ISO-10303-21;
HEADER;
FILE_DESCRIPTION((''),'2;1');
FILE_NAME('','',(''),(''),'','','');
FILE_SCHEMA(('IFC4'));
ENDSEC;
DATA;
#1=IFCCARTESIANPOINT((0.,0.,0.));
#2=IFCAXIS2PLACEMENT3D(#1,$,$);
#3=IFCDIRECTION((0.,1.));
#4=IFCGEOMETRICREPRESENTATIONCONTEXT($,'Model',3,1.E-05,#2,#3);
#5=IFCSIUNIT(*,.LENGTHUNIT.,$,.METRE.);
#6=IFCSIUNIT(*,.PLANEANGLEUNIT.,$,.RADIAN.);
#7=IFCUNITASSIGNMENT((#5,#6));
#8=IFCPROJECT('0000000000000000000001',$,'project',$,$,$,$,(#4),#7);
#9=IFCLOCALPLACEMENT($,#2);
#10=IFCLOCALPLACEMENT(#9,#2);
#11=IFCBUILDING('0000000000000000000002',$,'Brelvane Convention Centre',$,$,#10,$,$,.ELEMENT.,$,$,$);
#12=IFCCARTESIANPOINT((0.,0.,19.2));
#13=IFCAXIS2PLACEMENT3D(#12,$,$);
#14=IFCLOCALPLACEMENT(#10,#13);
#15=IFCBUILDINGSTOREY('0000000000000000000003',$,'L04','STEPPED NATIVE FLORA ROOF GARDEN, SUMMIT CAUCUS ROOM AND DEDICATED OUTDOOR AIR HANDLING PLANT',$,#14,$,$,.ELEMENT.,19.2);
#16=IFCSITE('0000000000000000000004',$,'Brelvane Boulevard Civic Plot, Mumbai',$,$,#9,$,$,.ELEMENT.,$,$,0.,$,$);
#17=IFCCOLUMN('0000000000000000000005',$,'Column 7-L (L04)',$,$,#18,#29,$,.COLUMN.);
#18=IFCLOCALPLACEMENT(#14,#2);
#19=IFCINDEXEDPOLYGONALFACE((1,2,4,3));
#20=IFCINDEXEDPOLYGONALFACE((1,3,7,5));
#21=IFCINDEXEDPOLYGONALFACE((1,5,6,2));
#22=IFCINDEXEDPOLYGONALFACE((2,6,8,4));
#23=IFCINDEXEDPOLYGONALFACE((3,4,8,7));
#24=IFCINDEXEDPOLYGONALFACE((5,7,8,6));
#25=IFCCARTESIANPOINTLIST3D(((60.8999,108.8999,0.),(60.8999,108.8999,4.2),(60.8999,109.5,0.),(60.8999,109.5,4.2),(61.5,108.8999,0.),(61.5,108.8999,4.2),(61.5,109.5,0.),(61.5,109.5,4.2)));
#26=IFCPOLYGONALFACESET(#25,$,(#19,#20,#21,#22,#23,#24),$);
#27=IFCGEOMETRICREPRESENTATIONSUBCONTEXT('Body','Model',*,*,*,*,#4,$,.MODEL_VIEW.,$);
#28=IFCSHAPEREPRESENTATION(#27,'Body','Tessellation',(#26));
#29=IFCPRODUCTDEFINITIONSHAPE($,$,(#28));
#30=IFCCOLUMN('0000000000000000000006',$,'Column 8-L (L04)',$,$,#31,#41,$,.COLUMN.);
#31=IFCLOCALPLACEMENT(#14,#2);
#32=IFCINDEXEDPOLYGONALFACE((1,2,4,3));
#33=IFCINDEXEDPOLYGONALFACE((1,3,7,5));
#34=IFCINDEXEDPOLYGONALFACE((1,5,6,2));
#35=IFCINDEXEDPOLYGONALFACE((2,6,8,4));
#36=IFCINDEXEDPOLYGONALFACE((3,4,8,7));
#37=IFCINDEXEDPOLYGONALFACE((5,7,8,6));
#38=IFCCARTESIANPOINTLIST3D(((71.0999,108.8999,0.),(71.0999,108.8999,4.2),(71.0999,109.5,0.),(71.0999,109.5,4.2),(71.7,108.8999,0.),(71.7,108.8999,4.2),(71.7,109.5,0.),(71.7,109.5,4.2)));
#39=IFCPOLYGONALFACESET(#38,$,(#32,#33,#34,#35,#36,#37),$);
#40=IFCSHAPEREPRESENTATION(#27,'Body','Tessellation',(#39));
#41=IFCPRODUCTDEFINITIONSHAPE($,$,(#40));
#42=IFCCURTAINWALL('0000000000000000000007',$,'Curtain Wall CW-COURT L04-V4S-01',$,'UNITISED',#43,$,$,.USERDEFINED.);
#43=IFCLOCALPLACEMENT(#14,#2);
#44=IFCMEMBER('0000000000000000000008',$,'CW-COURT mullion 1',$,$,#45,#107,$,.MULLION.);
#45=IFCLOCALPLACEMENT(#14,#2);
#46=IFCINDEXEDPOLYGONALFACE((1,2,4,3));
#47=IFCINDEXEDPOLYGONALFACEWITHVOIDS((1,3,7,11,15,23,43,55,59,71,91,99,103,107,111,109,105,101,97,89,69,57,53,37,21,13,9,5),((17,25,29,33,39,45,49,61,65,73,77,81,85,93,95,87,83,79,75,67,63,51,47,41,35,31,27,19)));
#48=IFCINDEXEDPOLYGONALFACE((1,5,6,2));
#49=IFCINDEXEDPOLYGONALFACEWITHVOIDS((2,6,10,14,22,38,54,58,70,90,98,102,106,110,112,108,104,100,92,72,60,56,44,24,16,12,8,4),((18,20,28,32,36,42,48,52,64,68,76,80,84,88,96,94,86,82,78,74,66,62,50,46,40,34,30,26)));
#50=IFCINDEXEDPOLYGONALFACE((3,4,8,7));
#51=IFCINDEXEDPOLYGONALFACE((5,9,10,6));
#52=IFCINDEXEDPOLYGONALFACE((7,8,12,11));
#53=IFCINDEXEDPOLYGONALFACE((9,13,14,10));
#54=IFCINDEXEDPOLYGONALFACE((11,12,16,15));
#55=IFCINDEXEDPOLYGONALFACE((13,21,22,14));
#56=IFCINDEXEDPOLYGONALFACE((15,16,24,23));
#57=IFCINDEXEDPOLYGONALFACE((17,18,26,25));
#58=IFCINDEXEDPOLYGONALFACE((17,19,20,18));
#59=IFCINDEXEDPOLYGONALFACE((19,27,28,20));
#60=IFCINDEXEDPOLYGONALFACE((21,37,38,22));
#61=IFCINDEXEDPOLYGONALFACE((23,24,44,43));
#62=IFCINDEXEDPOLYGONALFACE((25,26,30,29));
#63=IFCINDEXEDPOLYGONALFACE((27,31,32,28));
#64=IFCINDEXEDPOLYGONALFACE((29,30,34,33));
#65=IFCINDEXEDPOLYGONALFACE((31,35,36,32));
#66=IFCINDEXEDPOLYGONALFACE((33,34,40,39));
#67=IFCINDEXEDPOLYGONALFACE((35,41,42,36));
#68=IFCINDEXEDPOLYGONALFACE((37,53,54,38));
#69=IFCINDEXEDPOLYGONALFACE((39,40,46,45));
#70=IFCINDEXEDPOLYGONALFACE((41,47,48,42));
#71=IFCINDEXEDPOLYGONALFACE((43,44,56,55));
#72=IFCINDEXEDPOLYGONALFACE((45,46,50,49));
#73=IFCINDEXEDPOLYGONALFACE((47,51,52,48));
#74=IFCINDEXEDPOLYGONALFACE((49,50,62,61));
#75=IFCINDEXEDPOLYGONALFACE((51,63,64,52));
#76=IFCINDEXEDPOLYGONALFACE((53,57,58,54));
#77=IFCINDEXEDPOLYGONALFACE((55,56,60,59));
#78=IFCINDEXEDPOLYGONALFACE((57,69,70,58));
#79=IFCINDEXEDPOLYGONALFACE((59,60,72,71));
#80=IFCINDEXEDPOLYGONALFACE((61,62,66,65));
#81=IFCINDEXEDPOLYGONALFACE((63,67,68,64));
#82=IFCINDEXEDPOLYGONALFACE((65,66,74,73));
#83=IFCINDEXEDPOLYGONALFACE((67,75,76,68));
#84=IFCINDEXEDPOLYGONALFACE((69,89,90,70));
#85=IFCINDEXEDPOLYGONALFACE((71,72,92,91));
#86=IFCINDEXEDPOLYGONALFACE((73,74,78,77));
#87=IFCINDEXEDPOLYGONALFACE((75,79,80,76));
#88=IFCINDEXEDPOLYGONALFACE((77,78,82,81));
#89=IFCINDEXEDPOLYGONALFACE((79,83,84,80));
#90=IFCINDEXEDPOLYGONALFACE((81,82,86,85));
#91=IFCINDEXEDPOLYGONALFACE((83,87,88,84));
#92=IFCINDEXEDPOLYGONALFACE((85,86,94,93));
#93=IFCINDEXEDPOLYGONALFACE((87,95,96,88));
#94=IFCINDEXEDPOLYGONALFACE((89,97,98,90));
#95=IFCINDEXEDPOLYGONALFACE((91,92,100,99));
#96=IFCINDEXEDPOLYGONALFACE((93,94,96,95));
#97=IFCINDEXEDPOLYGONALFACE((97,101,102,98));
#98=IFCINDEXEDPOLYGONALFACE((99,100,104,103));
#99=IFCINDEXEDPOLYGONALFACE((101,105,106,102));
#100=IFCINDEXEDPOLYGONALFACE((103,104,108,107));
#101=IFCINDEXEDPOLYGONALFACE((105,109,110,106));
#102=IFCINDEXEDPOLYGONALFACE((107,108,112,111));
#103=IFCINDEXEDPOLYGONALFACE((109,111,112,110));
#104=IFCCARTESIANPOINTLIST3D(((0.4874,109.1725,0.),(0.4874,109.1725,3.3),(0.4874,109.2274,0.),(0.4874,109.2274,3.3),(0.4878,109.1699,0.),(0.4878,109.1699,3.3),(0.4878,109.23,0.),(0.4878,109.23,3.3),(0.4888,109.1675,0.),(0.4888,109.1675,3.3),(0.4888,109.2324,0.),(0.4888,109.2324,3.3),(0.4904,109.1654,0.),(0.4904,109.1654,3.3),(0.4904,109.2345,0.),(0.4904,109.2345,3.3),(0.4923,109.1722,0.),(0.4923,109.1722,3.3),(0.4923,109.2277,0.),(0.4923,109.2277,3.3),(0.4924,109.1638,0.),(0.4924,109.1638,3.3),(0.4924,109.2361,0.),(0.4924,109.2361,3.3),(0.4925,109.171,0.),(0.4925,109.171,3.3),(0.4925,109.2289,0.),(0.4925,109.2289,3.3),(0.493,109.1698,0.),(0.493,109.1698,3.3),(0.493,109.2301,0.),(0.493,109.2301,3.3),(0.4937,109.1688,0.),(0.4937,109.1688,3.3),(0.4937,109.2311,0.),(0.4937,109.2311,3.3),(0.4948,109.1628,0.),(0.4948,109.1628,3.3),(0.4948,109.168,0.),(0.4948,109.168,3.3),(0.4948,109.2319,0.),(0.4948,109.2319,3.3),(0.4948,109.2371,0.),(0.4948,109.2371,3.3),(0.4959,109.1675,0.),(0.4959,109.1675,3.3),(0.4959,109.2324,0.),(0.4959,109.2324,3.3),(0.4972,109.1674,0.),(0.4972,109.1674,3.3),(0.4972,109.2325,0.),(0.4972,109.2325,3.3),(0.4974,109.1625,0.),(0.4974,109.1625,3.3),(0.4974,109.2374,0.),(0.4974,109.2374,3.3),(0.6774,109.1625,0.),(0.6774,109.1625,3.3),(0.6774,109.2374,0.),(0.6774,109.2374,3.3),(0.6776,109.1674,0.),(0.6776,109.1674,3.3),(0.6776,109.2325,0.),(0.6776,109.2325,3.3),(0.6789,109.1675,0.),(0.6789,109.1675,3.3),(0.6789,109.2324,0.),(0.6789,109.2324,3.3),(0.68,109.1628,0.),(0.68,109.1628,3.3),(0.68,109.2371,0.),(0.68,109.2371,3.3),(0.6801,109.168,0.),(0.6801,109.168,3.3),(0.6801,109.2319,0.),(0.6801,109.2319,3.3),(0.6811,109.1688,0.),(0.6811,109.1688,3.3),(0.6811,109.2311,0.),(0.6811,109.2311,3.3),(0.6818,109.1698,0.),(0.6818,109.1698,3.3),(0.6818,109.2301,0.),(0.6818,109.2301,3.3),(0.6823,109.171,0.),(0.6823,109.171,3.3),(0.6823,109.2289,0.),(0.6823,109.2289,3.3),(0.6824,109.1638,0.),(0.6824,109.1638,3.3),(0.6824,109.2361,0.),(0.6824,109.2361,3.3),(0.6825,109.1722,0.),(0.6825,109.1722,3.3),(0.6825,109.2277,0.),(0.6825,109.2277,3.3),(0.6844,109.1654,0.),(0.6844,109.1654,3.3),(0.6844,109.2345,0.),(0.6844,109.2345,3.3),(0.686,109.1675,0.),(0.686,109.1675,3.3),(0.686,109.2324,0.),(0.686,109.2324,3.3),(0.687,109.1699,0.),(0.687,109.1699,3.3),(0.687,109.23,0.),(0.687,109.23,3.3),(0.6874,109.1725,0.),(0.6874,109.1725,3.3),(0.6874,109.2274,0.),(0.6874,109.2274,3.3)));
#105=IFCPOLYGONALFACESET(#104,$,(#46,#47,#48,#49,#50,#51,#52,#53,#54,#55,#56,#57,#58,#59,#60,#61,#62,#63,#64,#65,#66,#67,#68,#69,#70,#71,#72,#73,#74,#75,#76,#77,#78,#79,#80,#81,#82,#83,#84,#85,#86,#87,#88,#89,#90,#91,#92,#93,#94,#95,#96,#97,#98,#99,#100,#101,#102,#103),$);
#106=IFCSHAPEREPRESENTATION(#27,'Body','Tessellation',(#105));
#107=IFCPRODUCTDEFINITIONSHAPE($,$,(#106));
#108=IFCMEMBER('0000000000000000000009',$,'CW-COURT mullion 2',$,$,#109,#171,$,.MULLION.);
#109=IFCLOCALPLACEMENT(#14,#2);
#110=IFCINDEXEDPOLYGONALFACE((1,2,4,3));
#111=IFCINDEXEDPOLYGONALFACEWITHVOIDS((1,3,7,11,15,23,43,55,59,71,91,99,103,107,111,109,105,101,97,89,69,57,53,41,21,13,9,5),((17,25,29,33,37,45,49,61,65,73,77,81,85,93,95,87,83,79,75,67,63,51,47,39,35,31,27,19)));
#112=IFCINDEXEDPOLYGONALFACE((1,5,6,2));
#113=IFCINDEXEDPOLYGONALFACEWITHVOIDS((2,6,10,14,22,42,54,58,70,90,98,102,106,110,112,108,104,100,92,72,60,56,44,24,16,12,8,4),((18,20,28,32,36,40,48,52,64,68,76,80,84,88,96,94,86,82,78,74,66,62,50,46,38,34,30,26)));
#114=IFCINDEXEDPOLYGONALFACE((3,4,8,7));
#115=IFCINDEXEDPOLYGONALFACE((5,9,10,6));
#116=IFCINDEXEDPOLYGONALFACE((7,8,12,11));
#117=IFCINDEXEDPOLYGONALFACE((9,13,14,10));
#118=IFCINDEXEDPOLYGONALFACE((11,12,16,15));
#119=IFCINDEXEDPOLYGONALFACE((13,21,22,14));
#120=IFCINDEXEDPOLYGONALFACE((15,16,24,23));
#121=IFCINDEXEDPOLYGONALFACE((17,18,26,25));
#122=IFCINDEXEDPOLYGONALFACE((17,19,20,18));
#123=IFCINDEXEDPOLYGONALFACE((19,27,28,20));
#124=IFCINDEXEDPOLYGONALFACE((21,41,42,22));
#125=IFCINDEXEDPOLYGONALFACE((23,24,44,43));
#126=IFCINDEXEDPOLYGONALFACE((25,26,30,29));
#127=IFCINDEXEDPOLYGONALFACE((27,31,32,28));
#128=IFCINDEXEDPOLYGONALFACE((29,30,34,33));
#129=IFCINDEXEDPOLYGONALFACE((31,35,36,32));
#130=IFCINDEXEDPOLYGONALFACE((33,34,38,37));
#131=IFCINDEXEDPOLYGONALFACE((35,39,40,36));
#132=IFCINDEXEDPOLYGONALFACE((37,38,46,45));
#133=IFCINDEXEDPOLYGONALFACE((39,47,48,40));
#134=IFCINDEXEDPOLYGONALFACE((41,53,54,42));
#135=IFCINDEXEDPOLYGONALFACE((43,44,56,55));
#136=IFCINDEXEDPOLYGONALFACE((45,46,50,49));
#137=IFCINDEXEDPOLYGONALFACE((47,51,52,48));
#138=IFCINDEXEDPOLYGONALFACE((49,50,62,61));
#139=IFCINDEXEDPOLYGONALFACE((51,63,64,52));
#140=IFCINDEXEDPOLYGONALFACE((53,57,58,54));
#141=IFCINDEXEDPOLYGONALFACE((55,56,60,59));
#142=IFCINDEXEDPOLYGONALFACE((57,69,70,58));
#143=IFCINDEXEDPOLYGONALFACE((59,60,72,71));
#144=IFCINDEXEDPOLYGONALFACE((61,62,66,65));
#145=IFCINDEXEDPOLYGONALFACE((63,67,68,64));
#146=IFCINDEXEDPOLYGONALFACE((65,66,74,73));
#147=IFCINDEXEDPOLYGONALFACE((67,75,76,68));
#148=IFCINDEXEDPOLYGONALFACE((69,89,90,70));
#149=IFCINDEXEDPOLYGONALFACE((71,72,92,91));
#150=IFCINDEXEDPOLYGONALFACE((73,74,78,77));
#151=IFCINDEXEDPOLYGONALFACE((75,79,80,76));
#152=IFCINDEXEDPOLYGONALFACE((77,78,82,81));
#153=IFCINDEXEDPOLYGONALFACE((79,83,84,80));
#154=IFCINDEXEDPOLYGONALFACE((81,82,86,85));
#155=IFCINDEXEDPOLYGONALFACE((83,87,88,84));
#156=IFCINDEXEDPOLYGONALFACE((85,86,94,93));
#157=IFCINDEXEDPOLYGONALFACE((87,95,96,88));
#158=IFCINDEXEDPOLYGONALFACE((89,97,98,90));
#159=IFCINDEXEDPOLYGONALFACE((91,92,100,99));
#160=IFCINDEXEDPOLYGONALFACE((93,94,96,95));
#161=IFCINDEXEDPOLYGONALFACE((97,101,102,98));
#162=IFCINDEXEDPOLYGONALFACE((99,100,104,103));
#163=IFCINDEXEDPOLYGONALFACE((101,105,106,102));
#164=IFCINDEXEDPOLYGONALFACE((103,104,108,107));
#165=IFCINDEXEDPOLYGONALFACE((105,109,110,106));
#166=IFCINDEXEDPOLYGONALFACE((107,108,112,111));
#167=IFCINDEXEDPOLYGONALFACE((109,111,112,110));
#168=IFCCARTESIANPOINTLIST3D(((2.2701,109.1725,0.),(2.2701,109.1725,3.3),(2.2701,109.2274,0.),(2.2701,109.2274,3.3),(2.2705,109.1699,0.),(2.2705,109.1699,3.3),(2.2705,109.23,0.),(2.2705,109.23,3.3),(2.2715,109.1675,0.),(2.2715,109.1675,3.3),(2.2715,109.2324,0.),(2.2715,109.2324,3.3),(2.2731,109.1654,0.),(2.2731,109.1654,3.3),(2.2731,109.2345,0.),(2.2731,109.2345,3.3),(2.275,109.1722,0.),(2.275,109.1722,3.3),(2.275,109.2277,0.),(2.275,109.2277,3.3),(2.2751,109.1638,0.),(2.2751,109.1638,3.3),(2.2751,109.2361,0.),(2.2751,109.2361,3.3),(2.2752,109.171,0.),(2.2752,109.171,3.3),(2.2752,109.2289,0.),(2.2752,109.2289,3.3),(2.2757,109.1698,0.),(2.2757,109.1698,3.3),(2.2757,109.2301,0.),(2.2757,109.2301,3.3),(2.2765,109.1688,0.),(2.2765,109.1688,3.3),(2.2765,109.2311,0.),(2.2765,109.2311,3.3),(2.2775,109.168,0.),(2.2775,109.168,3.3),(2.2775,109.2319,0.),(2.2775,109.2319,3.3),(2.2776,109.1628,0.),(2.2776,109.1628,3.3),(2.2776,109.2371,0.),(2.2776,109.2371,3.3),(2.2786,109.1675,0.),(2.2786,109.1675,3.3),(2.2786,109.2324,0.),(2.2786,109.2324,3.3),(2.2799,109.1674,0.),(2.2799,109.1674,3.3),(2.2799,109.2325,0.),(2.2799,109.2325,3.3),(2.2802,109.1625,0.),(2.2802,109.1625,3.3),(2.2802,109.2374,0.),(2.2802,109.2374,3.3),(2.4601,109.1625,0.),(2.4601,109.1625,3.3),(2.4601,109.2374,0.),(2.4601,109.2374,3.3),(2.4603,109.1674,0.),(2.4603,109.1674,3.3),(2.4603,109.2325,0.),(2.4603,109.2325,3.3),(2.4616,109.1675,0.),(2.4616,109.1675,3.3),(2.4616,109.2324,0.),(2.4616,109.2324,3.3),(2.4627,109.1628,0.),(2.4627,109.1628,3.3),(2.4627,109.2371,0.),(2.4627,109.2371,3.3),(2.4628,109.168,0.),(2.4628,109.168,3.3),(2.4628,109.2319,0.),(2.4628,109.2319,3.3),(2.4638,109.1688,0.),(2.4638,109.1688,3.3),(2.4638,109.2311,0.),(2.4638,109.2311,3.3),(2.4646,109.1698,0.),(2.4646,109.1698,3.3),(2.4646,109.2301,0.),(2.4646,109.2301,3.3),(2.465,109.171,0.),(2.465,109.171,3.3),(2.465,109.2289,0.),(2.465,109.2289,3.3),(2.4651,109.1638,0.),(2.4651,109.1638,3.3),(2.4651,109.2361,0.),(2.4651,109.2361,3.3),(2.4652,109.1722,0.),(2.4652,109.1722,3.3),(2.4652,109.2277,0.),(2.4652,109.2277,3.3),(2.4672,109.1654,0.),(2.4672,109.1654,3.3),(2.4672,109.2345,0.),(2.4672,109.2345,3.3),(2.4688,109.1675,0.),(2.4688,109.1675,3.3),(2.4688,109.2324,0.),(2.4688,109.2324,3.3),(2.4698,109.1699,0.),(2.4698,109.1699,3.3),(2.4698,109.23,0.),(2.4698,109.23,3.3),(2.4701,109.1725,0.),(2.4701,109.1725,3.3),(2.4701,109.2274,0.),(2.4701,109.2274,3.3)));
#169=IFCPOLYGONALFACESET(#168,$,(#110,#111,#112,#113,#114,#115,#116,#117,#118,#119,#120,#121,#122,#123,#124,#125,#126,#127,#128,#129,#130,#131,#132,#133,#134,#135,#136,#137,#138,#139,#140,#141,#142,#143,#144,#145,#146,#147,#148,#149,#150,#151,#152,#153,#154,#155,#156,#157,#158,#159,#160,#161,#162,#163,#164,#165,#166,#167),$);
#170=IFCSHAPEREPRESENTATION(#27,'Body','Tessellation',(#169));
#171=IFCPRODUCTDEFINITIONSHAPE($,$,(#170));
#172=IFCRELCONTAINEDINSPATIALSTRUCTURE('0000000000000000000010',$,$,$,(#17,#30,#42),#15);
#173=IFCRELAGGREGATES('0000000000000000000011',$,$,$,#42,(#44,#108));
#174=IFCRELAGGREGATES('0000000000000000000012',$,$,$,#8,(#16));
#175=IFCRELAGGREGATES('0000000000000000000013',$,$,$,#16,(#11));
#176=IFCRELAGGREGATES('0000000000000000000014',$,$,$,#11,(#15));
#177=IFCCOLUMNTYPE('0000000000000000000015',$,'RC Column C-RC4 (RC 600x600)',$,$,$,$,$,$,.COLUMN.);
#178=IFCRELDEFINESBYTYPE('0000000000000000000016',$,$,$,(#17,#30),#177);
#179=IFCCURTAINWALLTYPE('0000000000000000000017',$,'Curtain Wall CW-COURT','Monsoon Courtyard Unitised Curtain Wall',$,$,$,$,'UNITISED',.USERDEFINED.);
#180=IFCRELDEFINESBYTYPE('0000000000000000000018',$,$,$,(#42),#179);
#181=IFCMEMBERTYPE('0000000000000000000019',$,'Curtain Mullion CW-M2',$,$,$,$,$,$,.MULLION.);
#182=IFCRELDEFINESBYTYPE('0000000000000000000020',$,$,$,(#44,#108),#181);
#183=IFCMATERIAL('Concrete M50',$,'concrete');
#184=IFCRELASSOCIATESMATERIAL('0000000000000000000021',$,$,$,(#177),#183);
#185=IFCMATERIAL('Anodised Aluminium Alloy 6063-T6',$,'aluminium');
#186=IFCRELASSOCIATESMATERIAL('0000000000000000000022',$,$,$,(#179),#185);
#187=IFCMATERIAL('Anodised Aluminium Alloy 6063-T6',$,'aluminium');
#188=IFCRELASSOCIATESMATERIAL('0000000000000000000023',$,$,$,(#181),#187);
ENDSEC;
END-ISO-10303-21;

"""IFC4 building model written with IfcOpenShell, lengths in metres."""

from ifc_helpers import new_model, si_unit, direction, frame, origin, origin_2d, place, context, subcontext, project, spatial, rectangle, hollow_rectangle, extrude, material, material_profile, profile_set, type_object, element, aggregate, save


model = new_model("IFC4")

# Units and contexts
model_context = context("Model", 3, precision=1e-05, world=origin(), true_north=direction((0.0, 1.0)))
body_context = subcontext(model_context, "Body", "Model", "MODEL_VIEW")
ifc_project = project(units=[si_unit("LENGTHUNIT", "METRE"), si_unit("PLANEANGLEUNIT", "RADIAN")], contexts=[model_context])

# Site, building, storey
site_placement = place(None, origin())
site = spatial("IfcSite", under=ifc_project, at=site_placement, Name="Brelvane Boulevard Civic Plot, Mumbai", CompositionType="ELEMENT", RefElevation=0.0)
building_placement = place(site_placement, origin())
building = spatial("IfcBuilding", under=site, at=building_placement, Name="Brelvane Convention Centre", CompositionType="ELEMENT")
storey_placement = place(building_placement, frame((0.0, 0.0, 19.2)))
storey = spatial("IfcBuildingStorey", under=building, at=storey_placement, Name="L04", Description="STEPPED NATIVE FLORA ROOF GARDEN, SUMMIT CAUCUS ROOM AND DEDICATED OUTDOOR AIR HANDLING PLANT", CompositionType="ELEMENT", Elevation=19.2)

# Columns
ifc_material_1 = material(Name="Concrete M50", Category="concrete")
ifc_material_profile_1 = material_profile(ifc_material_1, rectangle(XDim=0.6001, YDim=0.6001, at=origin_2d()), Name="RC 600x600")
ifc_profile_set_1 = profile_set([ifc_material_profile_1], Name="Concrete M50")
column_type = type_object("IfcColumnType", Name="RC Column C-RC4 (RC 600x600)", PredefinedType="COLUMN", material=ifc_profile_set_1)
for number, where, z_axis, x_axis, name in (
    (1, (61.2, 109.2, 0.0), (0.0, 0.0, 1.0), (1.0, 0.0, 0.0), "Column 7-L (L04)"),
    (2, (71.3999, 109.2, 0.0), (0.0, 0.0, 1.0), (1.0, 0.0, 0.0), "Column 8-L (L04)"),
):
    element("IfcColumn", number, at=place(storey_placement, frame(where, z_axis=z_axis, x_axis=x_axis)), inside=storey, type_object=column_type, Name=name, PredefinedType="COLUMN", context=body_context, shape_type="SweptSolid", body=[
        extrude(rectangle(XDim=0.6001, YDim=0.6001, at=origin_2d()), origin(), (0.0, 0.0, 1.0), 4.2),
    ])

# Curtain wall, members
ifc_material_2 = material(Name="Anodised Aluminium Alloy 6063-T6", Category="aluminium")
curtain_wall_type = type_object("IfcCurtainWallType", Name="Curtain Wall CW-COURT", Description="Monsoon Courtyard Unitised Curtain Wall", ElementType="UNITISED", PredefinedType="USERDEFINED", material=ifc_material_2)
curtain_wall_placement = place(storey_placement, origin())
curtain_wall = element("IfcCurtainWall", 3, at=curtain_wall_placement, inside=storey, type_object=curtain_wall_type, Name="Curtain Wall CW-COURT L04-V4S-01", ObjectType="UNITISED", PredefinedType="USERDEFINED")
ifc_material_3 = material(Name="Anodised Aluminium Alloy 6063-T6", Category="aluminium")
ifc_material_profile_2 = material_profile(ifc_material_3, hollow_rectangle(XDim=0.075, YDim=0.2, WallThickness=0.0049, InnerFilletRadius=0.0049, OuterFilletRadius=0.01, at=origin_2d()), Name="ALU-M 200x75x5.0")
ifc_profile_set_2 = profile_set([ifc_material_profile_2], Name="Anodised Aluminium Alloy 6063-T6")
member_type = type_object("IfcMemberType", Name="Curtain Mullion CW-M2", PredefinedType="MULLION", material=ifc_profile_set_2)
member_1_placement = place(storey_placement, frame((0.5874, 109.2, 0.0), z_axis=(0.0, 0.0, 1.0), x_axis=(0.0, 1.0, 0.0)))
member_1 = element("IfcMember", 4, at=member_1_placement, type_object=member_type, Name="CW-COURT mullion 1", PredefinedType="MULLION", context=body_context, shape_type="SweptSolid", body=[
    extrude(hollow_rectangle(XDim=0.075, YDim=0.2, WallThickness=0.0049, InnerFilletRadius=0.0049, OuterFilletRadius=0.01, at=origin_2d()), origin(), (0.0, 0.0, 1.0), 3.3),
])
member_2_placement = place(storey_placement, frame((2.3701, 109.2, 0.0), z_axis=(0.0, 0.0, 1.0), x_axis=(0.0, 1.0, 0.0)))
member_2 = element("IfcMember", 5, at=member_2_placement, type_object=member_type, Name="CW-COURT mullion 2", PredefinedType="MULLION", context=body_context, shape_type="SweptSolid", body=[
    extrude(hollow_rectangle(XDim=0.075, YDim=0.2, WallThickness=0.0049, InnerFilletRadius=0.0049, OuterFilletRadius=0.01, at=origin_2d()), origin(), (0.0, 0.0, 1.0), 3.3),
])
aggregate(curtain_wall, [member_1, member_2])

save(model, "model.ifc")
